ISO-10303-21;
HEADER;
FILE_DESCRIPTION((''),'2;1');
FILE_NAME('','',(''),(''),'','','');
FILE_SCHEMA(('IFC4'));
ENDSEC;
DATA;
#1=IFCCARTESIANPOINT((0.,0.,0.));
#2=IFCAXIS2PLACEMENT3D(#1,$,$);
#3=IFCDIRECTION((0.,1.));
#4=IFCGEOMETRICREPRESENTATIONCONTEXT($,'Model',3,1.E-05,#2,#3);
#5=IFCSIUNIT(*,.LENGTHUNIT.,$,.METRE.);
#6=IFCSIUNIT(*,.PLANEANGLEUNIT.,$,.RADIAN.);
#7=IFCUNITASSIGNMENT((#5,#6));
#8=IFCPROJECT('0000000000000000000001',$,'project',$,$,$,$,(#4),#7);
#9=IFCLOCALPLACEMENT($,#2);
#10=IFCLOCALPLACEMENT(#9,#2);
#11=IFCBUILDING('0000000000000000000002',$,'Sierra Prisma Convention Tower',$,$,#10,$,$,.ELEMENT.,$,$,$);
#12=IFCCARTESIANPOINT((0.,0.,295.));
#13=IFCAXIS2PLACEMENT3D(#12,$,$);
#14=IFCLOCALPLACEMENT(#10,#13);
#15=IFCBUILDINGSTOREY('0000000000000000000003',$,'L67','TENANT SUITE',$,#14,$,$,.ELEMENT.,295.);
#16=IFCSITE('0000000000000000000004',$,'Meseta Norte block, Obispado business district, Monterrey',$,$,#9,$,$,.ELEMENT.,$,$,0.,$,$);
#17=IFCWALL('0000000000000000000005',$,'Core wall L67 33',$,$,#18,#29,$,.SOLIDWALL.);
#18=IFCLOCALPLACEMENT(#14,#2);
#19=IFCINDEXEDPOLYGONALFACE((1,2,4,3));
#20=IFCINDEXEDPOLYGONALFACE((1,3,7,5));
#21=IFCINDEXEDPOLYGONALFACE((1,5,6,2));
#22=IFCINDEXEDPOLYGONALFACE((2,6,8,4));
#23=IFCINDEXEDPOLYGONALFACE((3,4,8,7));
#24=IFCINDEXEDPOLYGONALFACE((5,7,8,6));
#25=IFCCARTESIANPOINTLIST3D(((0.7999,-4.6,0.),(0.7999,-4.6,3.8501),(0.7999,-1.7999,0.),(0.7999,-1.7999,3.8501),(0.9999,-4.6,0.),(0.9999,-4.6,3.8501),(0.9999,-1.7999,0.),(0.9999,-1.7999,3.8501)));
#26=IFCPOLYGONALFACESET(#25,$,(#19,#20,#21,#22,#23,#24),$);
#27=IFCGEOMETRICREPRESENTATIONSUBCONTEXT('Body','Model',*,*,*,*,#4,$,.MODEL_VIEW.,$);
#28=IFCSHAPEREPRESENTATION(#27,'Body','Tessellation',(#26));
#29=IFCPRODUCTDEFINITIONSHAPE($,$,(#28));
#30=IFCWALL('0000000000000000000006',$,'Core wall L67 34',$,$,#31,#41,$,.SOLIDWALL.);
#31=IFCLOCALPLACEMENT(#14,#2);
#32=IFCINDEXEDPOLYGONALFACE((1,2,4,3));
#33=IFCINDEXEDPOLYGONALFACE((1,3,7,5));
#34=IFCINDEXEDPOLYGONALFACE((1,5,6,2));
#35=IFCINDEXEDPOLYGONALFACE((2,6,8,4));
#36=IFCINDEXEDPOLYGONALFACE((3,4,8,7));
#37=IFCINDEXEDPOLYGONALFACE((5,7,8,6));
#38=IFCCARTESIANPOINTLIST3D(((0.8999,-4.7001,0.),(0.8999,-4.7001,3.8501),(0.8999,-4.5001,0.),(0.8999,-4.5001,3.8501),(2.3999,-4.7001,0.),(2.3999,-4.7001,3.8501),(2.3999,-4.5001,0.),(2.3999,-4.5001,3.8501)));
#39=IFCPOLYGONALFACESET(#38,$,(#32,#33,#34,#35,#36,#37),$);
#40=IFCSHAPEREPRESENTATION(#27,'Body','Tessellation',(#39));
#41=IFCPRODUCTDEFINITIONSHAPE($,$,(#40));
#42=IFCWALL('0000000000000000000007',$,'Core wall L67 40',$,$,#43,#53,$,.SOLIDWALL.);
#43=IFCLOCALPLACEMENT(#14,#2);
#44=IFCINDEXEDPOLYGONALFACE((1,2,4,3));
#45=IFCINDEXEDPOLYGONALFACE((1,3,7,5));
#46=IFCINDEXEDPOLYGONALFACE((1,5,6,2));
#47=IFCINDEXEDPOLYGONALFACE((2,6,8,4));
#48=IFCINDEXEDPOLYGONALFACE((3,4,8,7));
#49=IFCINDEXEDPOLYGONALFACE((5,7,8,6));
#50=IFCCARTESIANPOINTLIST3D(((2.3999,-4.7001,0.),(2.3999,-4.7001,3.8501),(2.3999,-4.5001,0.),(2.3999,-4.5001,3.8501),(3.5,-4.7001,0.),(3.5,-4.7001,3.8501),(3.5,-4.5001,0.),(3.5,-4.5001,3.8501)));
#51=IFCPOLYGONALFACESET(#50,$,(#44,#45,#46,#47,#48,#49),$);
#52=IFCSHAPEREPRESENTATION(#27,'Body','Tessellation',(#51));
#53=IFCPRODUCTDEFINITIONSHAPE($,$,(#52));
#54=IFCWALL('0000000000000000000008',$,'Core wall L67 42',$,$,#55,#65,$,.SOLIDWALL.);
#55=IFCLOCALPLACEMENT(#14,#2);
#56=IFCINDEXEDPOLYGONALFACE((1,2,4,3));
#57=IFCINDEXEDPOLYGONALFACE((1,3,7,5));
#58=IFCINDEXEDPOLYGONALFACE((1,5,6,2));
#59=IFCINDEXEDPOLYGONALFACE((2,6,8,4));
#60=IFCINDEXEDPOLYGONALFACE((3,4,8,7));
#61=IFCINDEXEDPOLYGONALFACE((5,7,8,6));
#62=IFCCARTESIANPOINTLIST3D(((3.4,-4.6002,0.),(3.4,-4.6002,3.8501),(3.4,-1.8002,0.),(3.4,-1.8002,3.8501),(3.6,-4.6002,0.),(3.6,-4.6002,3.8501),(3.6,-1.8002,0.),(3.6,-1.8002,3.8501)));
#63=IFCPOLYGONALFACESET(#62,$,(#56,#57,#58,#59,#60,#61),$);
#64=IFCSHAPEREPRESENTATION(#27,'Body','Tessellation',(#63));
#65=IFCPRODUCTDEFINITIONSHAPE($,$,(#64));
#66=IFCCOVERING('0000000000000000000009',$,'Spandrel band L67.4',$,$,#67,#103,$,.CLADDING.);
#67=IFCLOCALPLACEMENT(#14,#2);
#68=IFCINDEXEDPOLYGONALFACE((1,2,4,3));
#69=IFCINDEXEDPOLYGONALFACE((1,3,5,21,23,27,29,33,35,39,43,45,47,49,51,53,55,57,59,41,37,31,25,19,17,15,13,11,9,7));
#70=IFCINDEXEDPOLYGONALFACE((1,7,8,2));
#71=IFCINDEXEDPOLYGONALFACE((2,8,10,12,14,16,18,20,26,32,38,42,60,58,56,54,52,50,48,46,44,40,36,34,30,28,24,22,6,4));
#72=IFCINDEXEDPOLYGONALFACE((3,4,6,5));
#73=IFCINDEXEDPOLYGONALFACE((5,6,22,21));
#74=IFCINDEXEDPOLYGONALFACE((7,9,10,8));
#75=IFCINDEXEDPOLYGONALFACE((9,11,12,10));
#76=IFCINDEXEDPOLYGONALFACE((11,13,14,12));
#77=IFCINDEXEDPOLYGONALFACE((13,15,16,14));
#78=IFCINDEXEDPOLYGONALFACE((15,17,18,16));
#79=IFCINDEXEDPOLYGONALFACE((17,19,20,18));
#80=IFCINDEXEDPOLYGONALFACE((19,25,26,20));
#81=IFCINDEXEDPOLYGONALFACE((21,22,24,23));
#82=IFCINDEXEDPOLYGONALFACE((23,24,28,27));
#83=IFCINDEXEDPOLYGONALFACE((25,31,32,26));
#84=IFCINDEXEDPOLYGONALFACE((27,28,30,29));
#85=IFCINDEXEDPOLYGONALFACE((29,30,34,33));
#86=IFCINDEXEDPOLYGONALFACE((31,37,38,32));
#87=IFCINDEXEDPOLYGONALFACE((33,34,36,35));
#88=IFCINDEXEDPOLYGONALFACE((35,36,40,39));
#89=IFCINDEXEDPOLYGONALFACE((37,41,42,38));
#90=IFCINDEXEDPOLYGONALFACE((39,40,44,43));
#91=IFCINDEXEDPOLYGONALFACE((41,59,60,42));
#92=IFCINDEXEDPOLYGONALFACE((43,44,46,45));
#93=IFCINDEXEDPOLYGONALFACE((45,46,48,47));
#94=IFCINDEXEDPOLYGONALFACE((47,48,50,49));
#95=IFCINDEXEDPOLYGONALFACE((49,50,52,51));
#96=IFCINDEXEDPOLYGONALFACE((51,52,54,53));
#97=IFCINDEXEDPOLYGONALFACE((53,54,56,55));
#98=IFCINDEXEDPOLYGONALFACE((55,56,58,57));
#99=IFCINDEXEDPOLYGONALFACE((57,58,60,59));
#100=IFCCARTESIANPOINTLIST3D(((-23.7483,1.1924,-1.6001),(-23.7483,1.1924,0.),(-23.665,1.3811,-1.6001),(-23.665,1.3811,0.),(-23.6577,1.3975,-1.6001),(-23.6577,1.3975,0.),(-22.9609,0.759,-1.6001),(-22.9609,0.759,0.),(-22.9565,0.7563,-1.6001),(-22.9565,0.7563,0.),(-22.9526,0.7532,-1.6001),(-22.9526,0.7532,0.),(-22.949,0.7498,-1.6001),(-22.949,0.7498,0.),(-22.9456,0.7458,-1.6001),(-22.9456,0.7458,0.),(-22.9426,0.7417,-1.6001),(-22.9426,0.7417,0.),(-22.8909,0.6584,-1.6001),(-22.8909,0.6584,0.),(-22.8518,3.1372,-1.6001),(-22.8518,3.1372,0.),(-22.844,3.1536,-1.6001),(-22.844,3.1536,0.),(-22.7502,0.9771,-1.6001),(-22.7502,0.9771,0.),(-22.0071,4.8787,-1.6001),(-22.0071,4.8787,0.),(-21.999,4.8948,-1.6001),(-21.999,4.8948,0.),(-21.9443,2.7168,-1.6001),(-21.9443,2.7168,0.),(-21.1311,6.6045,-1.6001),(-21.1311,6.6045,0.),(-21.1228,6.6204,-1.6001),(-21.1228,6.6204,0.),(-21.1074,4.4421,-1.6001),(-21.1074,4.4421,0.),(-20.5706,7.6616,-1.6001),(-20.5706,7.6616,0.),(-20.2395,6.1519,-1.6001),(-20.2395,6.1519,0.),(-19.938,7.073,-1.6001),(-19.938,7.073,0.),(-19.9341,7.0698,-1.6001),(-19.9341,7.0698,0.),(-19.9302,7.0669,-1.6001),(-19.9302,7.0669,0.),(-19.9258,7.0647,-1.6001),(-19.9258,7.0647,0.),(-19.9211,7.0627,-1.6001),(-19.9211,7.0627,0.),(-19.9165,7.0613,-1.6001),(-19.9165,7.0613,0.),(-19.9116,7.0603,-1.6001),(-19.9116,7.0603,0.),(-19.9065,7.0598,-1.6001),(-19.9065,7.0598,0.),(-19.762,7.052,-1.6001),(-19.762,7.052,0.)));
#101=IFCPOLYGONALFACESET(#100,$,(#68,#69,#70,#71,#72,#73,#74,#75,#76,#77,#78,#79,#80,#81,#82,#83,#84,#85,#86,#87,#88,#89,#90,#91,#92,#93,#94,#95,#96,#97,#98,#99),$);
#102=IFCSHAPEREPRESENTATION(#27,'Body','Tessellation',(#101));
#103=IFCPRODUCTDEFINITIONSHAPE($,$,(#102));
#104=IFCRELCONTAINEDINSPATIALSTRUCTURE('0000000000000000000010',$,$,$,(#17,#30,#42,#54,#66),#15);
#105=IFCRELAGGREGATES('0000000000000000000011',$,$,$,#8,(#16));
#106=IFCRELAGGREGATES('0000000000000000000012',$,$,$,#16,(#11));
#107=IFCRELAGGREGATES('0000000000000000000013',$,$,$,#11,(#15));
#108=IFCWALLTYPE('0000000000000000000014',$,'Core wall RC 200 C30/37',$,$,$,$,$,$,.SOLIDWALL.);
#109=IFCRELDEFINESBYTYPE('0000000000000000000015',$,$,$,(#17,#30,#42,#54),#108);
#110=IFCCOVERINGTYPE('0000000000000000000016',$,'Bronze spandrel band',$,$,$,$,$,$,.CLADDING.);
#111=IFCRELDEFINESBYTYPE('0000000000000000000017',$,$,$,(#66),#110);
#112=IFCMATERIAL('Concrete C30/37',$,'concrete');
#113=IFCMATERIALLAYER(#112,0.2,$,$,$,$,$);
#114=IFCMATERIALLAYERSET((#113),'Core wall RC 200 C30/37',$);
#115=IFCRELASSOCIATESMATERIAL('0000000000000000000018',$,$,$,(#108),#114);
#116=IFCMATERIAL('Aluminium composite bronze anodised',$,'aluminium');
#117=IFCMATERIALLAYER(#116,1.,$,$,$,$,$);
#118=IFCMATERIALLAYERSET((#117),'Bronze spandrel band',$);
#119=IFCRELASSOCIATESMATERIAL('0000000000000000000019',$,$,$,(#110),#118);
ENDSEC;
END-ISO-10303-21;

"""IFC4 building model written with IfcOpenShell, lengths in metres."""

from ifc_helpers import new_model, si_unit, direction, frame, frame_2d, origin, place, context, subcontext, project, spatial, polyline, rectangle, outline, extrude, material, layer, layer_set, type_object, element, save


model = new_model("IFC4")

# Units and contexts
model_context = context("Model", 3, precision=1e-05, world=origin(), true_north=direction((0.0, 1.0)))
body_context = subcontext(model_context, "Body", "Model", "MODEL_VIEW")
ifc_project = project(units=[si_unit("LENGTHUNIT", "METRE"), si_unit("PLANEANGLEUNIT", "RADIAN")], contexts=[model_context])

# Site, building, storey
site_placement = place(None, origin())
site = spatial("IfcSite", under=ifc_project, at=site_placement, Name="Meseta Norte block, Obispado business district, Monterrey", CompositionType="ELEMENT", RefElevation=0.0)
building_placement = place(site_placement, origin())
building = spatial("IfcBuilding", under=site, at=building_placement, Name="Sierra Prisma Convention Tower", CompositionType="ELEMENT")
storey_placement = place(building_placement, frame((0.0, 0.0, 295.0)))
storey = spatial("IfcBuildingStorey", under=building, at=storey_placement, Name="L67", Description="TENANT SUITE", CompositionType="ELEMENT", Elevation=295.0)

# Shared definitions
ifc_material_1 = material(Name="Concrete C30/37", Category="concrete")
ifc_layer_1 = layer(ifc_material_1, 0.2)
ifc_layer_set_1 = layer_set([ifc_layer_1], Name="Core wall RC 200 C30/37")
wall_type = type_object("IfcWallType", Name="Core wall RC 200 C30/37", PredefinedType="SOLIDWALL", material=ifc_layer_set_1)

# Walls
wall_1_placement = place(storey_placement, frame((0.8999, -1.8, 0.0), z_axis=(0.0, 0.0, 1.0), x_axis=(0.0, -1.0, 0.0)))
element("IfcWall", 1, at=wall_1_placement, inside=storey, type_object=wall_type, Name="Core wall L67 33", PredefinedType="SOLIDWALL", context=body_context, shape_type="SweptSolid", body=[
    extrude(rectangle(XDim=2.8, YDim=0.2, at=frame_2d((1.3999, 0.0))), origin(), (0.0, 0.0, 1.0), 3.8501),
])
wall_2_placement = place(storey_placement, frame((0.8999, -4.6001, 0.0), z_axis=(0.0, 0.0, 1.0), x_axis=(1.0, 0.0, 0.0)))
element("IfcWall", 2, at=wall_2_placement, inside=storey, type_object=wall_type, Name="Core wall L67 34", PredefinedType="SOLIDWALL", context=body_context, shape_type="SweptSolid", body=[
    extrude(rectangle(XDim=1.5, YDim=0.2, at=frame_2d((0.75, 0.0))), origin(), (0.0, 0.0, 1.0), 3.8501),
])

# Walls
wall_3_placement = place(storey_placement, frame((3.5, -4.6001, 0.0), z_axis=(0.0, 0.0, 1.0), x_axis=(-1.0, 0.0, 0.0)))
element("IfcWall", 3, at=wall_3_placement, inside=storey, type_object=wall_type, Name="Core wall L67 40", PredefinedType="SOLIDWALL", context=body_context, shape_type="SweptSolid", body=[
    extrude(rectangle(XDim=1.1001, YDim=0.2, at=frame_2d((0.55, 0.0))), origin(), (0.0, 0.0, 1.0), 3.8501),
])
wall_4_placement = place(storey_placement, frame((3.5, -4.6001, 0.0), z_axis=(0.0, 0.0, 1.0), x_axis=(0.0, 1.0, 0.0)))
element("IfcWall", 4, at=wall_4_placement, inside=storey, type_object=wall_type, Name="Core wall L67 42", PredefinedType="SOLIDWALL", context=body_context, shape_type="SweptSolid", body=[
    extrude(rectangle(XDim=2.8, YDim=0.2, at=frame_2d((1.3999, 0.0))), origin(), (0.0, 0.0, 1.0), 3.8501),
])

# Covering
ifc_material_2 = material(Name="Aluminium composite bronze anodised", Category="aluminium")
ifc_layer_2 = layer(ifc_material_2, 1.0)
ifc_layer_set_2 = layer_set([ifc_layer_2], Name="Bronze spandrel band")
covering_type = type_object("IfcCoveringType", Name="Bronze spandrel band", PredefinedType="CLADDING", material=ifc_layer_set_2)
covering_1_placement = place(storey_placement, frame((0.0, 0.0, -1.6001)))
element("IfcCovering", 5, at=covering_1_placement, inside=storey, type_object=covering_type, Name="Spandrel band L67.4", PredefinedType="CLADDING", context=body_context, shape_type="SweptSolid", body=[
    extrude(outline(polyline([(-21.1228, 6.6204), (-20.5706, 7.6616), (-19.938, 7.073), (-19.9341, 7.0698), (-19.9302, 7.0669), (-19.9258, 7.0647), (-19.9211, 7.0627), (-19.9165, 7.0613), (-19.9116, 7.0603), (-19.9065, 7.0598), (-19.762, 7.052), (-20.2395, 6.1519), (-21.1074, 4.4421), (-21.9443, 2.7168), (-22.7502, 0.9771), (-22.8909, 0.6584), (-22.9426, 0.7417), (-22.9456, 0.7458), (-22.949, 0.7498), (-22.9526, 0.7532), (-22.9565, 0.7563), (-22.9609, 0.759), (-23.7483, 1.1924), (-23.665, 1.3811), (-23.6577, 1.3975), (-22.8518, 3.1372), (-22.844, 3.1536), (-22.0071, 4.8787), (-21.999, 4.8948), (-21.1311, 6.6045), (-21.1228, 6.6204)])), origin(), (0.0, 0.0, 1.0), 1.6001),
])

save(model, "model.ifc")
